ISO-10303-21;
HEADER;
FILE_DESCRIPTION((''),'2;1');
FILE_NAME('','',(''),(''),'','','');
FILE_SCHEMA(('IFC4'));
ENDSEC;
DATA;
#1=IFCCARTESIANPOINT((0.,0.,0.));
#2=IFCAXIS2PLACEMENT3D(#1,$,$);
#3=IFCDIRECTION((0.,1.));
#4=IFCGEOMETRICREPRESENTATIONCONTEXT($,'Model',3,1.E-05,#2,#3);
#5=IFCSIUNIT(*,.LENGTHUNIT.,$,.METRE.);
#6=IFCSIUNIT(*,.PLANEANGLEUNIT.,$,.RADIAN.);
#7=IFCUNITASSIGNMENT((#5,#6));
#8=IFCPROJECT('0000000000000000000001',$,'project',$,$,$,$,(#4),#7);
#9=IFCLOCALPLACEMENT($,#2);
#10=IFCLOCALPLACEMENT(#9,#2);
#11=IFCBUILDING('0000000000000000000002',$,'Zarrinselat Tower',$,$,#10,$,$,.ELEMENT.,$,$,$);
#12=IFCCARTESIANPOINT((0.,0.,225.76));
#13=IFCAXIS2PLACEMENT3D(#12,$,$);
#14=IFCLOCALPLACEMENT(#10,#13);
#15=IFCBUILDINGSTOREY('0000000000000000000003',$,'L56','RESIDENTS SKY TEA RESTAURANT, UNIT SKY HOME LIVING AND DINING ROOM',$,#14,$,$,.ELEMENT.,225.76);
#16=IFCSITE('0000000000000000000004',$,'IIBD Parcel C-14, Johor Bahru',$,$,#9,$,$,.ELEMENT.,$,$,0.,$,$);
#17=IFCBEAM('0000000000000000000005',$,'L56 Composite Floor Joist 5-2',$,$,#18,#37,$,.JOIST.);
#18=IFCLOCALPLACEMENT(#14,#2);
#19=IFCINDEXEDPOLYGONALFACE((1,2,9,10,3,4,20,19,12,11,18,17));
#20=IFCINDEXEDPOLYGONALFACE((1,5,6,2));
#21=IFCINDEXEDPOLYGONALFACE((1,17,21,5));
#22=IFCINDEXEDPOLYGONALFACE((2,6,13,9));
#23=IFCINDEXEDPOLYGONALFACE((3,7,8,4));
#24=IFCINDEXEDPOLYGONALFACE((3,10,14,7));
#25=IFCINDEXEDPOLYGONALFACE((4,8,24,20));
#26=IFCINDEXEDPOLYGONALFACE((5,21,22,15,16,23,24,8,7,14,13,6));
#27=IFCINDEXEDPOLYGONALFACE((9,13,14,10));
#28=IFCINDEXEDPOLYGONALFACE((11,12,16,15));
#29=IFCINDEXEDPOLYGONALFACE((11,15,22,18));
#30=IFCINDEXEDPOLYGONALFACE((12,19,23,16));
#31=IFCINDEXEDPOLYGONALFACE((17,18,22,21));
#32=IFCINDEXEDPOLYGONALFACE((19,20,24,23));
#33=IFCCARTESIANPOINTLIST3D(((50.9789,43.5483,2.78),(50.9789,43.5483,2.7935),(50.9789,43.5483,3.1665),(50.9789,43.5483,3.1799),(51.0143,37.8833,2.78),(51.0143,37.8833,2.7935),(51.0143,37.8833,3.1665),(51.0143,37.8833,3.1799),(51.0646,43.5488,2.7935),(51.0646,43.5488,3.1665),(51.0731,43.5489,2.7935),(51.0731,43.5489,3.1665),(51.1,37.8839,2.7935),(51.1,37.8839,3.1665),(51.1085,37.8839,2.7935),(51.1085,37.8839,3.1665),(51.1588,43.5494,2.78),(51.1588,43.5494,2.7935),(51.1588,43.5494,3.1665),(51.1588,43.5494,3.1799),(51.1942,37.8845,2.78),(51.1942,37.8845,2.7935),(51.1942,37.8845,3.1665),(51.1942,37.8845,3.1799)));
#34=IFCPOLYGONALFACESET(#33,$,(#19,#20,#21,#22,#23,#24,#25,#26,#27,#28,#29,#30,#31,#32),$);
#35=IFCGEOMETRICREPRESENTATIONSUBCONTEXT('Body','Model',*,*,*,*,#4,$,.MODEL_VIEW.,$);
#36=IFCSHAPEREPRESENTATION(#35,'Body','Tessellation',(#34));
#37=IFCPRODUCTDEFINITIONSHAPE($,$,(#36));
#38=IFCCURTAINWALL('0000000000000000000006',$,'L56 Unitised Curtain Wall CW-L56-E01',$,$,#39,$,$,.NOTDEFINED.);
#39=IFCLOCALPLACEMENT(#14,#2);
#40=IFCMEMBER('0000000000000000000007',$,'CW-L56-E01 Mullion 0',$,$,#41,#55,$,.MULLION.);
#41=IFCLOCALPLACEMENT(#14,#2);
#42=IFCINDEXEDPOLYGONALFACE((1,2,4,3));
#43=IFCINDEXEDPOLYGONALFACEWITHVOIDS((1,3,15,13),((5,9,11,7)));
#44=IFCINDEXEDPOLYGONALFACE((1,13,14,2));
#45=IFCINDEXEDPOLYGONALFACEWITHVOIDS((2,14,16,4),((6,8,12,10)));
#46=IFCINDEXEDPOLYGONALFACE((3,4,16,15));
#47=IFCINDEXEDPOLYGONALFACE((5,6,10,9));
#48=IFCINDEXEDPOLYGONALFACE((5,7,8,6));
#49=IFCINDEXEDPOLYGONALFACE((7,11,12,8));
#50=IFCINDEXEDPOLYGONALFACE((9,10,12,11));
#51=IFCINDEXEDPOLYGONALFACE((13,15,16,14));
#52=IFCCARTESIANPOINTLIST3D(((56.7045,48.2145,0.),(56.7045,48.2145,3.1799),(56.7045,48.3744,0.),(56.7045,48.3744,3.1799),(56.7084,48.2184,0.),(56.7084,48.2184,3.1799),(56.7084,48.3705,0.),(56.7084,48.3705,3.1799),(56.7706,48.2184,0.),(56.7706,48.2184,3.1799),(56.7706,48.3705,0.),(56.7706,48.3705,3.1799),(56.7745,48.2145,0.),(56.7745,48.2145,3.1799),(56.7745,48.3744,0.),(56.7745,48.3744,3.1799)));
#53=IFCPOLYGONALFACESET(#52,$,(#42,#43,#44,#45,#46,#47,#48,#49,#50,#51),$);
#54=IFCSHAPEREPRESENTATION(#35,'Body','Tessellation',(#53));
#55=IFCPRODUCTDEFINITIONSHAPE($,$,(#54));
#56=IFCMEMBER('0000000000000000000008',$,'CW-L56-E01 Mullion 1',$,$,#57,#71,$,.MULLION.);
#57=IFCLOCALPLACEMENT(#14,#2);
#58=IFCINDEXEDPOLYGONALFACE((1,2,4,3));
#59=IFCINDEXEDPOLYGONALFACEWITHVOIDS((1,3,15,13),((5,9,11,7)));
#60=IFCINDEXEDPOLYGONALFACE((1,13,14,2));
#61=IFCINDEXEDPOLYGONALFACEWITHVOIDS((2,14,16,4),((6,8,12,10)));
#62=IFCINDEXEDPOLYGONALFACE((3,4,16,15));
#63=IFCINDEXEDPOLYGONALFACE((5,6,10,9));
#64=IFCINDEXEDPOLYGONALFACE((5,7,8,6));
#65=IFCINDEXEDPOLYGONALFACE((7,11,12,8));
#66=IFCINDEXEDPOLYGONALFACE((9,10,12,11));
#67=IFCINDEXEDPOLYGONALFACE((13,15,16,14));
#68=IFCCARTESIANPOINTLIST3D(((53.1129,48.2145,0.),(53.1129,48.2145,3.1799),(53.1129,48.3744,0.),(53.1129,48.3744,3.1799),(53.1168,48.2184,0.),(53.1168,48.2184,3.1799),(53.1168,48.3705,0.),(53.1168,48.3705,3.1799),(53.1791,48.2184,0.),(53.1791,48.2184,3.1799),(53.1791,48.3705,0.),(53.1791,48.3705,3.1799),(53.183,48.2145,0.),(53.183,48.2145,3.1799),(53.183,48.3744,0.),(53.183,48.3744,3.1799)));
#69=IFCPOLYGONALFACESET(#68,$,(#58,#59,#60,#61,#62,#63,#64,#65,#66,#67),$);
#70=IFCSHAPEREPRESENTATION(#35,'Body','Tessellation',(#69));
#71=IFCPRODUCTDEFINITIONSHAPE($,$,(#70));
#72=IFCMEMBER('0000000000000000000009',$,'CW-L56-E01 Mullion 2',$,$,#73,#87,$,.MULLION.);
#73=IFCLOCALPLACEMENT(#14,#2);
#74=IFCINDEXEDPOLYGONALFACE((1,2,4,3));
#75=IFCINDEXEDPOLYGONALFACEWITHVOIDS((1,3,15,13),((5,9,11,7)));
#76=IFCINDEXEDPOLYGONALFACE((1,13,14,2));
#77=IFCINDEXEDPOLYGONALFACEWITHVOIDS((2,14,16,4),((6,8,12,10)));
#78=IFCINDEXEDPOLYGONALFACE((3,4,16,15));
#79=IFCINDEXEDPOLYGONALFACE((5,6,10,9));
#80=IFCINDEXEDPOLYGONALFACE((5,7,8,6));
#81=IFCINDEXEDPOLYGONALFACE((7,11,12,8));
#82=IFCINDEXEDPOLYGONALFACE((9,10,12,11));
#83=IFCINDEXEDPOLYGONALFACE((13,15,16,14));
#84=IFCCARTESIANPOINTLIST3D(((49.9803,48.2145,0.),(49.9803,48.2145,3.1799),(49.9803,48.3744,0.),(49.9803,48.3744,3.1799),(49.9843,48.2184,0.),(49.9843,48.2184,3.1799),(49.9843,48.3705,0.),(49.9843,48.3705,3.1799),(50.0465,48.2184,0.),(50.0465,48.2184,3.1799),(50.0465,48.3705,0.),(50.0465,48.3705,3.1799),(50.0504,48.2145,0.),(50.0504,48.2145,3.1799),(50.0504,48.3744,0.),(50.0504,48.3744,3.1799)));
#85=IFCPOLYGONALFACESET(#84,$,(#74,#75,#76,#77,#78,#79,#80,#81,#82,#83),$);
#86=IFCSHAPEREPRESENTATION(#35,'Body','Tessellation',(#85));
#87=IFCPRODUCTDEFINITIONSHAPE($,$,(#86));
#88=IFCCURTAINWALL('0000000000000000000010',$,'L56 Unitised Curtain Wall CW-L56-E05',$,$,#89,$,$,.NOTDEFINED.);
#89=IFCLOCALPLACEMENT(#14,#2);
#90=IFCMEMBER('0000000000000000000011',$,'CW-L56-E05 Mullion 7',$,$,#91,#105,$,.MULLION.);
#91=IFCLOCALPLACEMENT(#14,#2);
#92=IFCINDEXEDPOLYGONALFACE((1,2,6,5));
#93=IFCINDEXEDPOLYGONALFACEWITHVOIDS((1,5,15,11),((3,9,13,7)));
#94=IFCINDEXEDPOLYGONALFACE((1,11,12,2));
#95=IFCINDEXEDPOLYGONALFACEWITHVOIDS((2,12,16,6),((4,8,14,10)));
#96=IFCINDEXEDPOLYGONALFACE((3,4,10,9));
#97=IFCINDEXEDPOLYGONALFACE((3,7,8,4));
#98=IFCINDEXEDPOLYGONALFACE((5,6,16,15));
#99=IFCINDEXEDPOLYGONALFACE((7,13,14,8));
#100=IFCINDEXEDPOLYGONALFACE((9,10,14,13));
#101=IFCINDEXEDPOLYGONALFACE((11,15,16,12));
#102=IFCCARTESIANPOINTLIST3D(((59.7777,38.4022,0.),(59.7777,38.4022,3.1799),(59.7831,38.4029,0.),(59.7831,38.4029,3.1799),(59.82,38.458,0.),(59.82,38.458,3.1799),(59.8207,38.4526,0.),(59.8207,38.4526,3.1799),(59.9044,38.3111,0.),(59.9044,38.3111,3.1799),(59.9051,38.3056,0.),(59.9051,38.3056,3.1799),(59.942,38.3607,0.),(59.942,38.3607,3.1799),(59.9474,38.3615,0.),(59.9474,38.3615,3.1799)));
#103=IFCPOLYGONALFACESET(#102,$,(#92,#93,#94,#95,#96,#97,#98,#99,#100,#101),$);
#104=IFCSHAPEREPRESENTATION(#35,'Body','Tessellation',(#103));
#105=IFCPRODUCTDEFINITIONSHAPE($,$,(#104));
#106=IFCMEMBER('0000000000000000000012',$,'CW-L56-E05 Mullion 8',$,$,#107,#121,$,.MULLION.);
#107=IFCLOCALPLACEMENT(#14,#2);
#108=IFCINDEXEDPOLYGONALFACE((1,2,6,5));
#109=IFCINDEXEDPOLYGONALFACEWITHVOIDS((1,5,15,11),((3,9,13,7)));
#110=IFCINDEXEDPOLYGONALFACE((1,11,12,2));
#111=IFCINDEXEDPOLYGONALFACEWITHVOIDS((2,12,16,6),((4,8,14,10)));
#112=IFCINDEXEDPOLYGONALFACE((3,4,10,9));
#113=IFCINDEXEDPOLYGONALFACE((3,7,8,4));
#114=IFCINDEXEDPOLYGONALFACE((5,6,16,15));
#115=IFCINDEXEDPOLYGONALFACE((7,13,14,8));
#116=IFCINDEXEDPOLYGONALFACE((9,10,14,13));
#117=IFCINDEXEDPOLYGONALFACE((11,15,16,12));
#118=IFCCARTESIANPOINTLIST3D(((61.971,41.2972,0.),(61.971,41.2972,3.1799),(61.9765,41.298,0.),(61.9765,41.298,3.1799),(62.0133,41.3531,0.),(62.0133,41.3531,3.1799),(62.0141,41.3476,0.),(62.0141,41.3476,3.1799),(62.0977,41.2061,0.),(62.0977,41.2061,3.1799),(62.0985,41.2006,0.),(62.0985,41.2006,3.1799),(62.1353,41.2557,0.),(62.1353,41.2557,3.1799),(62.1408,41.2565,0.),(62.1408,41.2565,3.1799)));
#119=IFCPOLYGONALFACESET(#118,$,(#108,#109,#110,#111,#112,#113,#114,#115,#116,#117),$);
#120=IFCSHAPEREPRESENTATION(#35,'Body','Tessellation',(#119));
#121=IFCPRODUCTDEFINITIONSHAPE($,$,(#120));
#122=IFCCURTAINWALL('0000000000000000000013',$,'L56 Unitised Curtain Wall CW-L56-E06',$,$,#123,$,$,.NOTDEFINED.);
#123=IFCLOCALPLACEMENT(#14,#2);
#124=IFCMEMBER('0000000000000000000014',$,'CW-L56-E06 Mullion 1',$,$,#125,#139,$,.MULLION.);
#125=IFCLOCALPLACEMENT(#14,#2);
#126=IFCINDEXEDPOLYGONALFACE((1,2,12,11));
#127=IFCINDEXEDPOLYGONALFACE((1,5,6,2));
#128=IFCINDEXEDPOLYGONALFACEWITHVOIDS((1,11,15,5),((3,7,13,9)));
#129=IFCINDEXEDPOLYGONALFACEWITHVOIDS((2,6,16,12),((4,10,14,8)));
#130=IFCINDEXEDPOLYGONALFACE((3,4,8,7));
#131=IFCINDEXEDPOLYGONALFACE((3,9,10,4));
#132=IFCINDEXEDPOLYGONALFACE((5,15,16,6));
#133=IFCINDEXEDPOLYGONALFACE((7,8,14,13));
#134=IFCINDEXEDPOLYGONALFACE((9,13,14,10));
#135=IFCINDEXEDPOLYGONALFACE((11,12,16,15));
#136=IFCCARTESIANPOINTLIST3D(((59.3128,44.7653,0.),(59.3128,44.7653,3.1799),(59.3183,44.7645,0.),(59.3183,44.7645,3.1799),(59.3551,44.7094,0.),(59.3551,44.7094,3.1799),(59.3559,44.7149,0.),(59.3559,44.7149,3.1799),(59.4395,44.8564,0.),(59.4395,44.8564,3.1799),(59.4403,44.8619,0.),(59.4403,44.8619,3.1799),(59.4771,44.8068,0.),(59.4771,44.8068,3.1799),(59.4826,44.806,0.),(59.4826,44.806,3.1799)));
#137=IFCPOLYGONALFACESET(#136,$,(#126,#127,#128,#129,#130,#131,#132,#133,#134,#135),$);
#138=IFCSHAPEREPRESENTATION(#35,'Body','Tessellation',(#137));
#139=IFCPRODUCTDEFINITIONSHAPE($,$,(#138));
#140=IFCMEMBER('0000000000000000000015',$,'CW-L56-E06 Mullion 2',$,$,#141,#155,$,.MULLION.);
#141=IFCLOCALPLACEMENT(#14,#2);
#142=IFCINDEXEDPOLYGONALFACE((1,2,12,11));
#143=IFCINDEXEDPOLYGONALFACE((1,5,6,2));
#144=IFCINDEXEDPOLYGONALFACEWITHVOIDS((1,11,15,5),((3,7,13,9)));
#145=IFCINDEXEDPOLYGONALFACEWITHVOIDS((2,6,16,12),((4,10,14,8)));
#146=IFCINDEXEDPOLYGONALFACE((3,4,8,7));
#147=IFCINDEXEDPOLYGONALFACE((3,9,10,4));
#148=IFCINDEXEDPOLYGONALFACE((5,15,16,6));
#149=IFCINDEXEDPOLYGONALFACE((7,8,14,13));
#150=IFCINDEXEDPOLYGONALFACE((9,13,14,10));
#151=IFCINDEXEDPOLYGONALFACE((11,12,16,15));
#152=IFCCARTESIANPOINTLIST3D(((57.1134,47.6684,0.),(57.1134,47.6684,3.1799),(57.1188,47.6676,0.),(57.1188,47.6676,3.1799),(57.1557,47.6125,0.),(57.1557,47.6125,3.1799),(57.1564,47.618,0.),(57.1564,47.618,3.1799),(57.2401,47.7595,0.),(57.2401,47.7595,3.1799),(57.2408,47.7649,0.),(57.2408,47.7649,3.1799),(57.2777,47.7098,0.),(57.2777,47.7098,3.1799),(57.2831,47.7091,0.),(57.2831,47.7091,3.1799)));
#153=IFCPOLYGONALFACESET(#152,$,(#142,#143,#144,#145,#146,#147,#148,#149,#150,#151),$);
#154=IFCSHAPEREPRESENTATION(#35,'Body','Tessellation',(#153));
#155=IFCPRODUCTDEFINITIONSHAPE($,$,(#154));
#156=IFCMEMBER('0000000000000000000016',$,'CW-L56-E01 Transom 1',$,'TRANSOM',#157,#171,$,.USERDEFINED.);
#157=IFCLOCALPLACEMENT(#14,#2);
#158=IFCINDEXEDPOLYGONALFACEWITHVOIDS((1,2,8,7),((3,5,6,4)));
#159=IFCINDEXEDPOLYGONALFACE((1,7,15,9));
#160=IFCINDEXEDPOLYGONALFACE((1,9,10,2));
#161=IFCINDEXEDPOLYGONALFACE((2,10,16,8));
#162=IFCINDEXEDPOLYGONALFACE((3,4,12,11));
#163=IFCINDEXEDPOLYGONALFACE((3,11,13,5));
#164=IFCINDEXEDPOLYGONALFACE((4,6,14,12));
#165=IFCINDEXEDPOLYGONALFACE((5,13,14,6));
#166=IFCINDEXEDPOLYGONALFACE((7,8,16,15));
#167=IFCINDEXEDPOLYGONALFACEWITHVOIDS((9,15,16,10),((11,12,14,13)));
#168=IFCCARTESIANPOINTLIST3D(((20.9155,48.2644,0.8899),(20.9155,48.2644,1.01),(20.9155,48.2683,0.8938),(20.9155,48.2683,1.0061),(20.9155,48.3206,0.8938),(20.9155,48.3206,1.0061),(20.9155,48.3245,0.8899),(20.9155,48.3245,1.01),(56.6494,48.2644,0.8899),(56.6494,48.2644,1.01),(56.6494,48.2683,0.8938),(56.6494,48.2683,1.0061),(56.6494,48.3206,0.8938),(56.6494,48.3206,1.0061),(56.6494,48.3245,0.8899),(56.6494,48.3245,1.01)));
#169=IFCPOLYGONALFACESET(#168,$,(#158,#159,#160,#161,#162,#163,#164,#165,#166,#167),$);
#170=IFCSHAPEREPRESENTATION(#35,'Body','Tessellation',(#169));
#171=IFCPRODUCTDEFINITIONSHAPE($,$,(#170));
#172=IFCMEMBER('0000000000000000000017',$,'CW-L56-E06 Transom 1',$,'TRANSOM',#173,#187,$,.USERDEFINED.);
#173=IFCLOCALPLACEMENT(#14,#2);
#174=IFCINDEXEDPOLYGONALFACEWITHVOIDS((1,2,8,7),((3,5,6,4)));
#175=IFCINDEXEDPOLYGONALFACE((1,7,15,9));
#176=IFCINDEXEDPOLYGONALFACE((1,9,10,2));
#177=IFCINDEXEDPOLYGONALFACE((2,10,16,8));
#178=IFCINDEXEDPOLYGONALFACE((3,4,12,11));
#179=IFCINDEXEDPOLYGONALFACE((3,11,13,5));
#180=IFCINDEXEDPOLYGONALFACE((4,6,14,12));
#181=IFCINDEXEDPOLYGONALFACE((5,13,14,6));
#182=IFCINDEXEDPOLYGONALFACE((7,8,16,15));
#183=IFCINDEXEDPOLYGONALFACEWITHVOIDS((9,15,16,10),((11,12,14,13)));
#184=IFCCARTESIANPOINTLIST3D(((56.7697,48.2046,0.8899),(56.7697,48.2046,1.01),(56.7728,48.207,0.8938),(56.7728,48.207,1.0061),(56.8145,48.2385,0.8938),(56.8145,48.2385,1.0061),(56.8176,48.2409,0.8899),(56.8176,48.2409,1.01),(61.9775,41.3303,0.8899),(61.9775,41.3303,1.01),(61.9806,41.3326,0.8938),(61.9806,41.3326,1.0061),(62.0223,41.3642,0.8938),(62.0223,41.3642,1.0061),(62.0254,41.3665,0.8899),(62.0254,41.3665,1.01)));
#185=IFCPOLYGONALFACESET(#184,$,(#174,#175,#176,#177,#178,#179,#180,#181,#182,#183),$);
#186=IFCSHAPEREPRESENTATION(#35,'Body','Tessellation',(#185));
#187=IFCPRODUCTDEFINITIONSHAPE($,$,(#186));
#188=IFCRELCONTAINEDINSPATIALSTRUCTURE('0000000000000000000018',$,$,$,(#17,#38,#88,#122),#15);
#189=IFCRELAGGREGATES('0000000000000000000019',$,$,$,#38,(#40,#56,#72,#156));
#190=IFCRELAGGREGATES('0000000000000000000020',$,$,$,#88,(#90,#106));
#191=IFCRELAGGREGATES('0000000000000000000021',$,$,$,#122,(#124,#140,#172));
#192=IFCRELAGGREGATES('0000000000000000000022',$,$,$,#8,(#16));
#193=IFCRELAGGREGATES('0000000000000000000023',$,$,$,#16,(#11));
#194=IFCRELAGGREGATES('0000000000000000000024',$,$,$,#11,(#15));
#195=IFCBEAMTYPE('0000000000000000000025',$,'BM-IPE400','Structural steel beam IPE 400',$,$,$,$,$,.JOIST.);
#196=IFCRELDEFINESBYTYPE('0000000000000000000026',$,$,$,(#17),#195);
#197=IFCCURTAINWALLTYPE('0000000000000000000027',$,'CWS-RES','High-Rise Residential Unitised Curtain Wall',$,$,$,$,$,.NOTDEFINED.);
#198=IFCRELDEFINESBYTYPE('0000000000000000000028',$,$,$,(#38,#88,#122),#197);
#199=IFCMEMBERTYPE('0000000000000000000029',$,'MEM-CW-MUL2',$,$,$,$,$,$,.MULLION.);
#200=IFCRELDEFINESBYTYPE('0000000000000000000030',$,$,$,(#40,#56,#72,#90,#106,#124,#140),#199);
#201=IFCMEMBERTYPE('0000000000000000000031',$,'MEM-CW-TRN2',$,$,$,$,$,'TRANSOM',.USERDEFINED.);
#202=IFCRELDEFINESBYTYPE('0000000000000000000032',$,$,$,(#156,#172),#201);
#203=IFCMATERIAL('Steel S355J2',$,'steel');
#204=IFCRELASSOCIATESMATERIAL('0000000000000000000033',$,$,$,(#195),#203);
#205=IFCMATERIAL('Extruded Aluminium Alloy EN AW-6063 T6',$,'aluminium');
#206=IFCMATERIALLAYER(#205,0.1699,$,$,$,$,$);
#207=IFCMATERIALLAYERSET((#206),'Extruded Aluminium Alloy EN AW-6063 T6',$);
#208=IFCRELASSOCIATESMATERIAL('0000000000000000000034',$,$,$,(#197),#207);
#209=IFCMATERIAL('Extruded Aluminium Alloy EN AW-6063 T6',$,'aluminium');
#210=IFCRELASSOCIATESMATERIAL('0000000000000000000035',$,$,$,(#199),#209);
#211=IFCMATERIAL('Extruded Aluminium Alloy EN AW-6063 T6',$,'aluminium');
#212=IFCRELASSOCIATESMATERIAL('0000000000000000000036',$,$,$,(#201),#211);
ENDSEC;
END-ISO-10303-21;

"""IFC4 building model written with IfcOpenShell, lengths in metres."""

from ifc_helpers import new_model, si_unit, direction, frame, origin, origin_2d, place, context, subcontext, project, spatial, hollow_rectangle, i_section, extrude, material, layer, layer_set, material_profile, profile_set, type_object, element, aggregate, save


model = new_model("IFC4")

# Units and contexts
model_context = context("Model", 3, precision=1e-05, world=origin(), true_north=direction((0.0, 1.0)))
body_context = subcontext(model_context, "Body", "Model", "MODEL_VIEW")
ifc_project = project(units=[si_unit("LENGTHUNIT", "METRE"), si_unit("PLANEANGLEUNIT", "RADIAN")], contexts=[model_context])

# Site, building, storey
site_placement = place(None, origin())
site = spatial("IfcSite", under=ifc_project, at=site_placement, Name="IIBD Parcel C-14, Johor Bahru", CompositionType="ELEMENT", RefElevation=0.0)
building_placement = place(site_placement, origin())
building = spatial("IfcBuilding", under=site, at=building_placement, Name="Zarrinselat Tower", CompositionType="ELEMENT")
storey_placement = place(building_placement, frame((0.0, 0.0, 225.76)))
storey = spatial("IfcBuildingStorey", under=building, at=storey_placement, Name="L56", Description="RESIDENTS SKY TEA RESTAURANT, UNIT SKY HOME LIVING AND DINING ROOM", CompositionType="ELEMENT", Elevation=225.76)

# Beam
ifc_material_1 = material(Name="Steel S355J2", Category="steel")
ifc_material_profile_1 = material_profile(ifc_material_1, i_section(OverallWidth=0.1799, OverallDepth=0.3999, WebThickness=0.0085, FlangeThickness=0.0134, at=origin_2d()), Name="IPE 400")
ifc_profile_set_1 = profile_set([ifc_material_profile_1], Name="Steel S355J2")
beam_type_1 = type_object("IfcBeamType", Name="BM-IPE400", Description="Structural steel beam IPE 400", PredefinedType="JOIST", material=ifc_profile_set_1)
beam_1_placement = place(storey_placement, frame((51.0688, 43.5488, 2.98), z_axis=(0.006249, -0.99998, 0.0), x_axis=(0.99998, 0.006249, 0.0)))
element("IfcBeam", 1, at=beam_1_placement, inside=storey, type_object=beam_type_1, Name="L56 Composite Floor Joist 5-2", PredefinedType="JOIST", context=body_context, shape_type="SweptSolid", body=[
    extrude(i_section(OverallWidth=0.1799, OverallDepth=0.3999, WebThickness=0.0085, FlangeThickness=0.0134, at=origin_2d()), origin(), (0.0, 0.0, 1.0), 5.665),
])

# Curtain walls, members
ifc_material_2 = material(Name="Extruded Aluminium Alloy EN AW-6063 T6", Category="aluminium")
ifc_layer_1 = layer(ifc_material_2, 0.1699)
ifc_layer_set_1 = layer_set([ifc_layer_1], Name="Extruded Aluminium Alloy EN AW-6063 T6")
curtain_wall_type = type_object("IfcCurtainWallType", Name="CWS-RES", Description="High-Rise Residential Unitised Curtain Wall", PredefinedType="NOTDEFINED", material=ifc_layer_set_1)
curtain_wall_1_placement = place(storey_placement, origin())
curtain_wall_1 = element("IfcCurtainWall", 2, at=curtain_wall_1_placement, inside=storey, type_object=curtain_wall_type, Name="L56 Unitised Curtain Wall CW-L56-E01", PredefinedType="NOTDEFINED")
ifc_material_3 = material(Name="Extruded Aluminium Alloy EN AW-6063 T6", Category="aluminium")
ifc_material_profile_2 = material_profile(ifc_material_3, hollow_rectangle(XDim=0.0701, YDim=0.1599, WallThickness=0.0039, at=origin_2d()), Name="RHS 160x70x4")
ifc_profile_set_2 = profile_set([ifc_material_profile_2], Name="Extruded Aluminium Alloy EN AW-6063 T6")
member_type_1 = type_object("IfcMemberType", Name="MEM-CW-MUL2", PredefinedType="MULLION", material=ifc_profile_set_2)
member_1_placement = place(storey_placement, frame((56.7395, 48.2944, 0.0), z_axis=(0.0, 0.0, 1.0), x_axis=(-1.0, 0.0, 0.0)))
member_1 = element("IfcMember", 3, at=member_1_placement, type_object=member_type_1, Name="CW-L56-E01 Mullion 0", PredefinedType="MULLION", context=body_context, shape_type="SweptSolid", body=[
    extrude(hollow_rectangle(XDim=0.0701, YDim=0.1599, WallThickness=0.0039, at=origin_2d()), origin(), (0.0, 0.0, 1.0), 3.1799),
])
member_2_placement = place(storey_placement, frame((53.1479, 48.2944, 0.0), z_axis=(0.0, 0.0, 1.0), x_axis=(-1.0, 0.0, 0.0)))
member_2 = element("IfcMember", 4, at=member_2_placement, type_object=member_type_1, Name="CW-L56-E01 Mullion 1", PredefinedType="MULLION", context=body_context, shape_type="SweptSolid", body=[
    extrude(hollow_rectangle(XDim=0.0701, YDim=0.1599, WallThickness=0.0039, at=origin_2d()), origin(), (0.0, 0.0, 1.0), 3.1799),
])
member_3_placement = place(storey_placement, frame((50.0154, 48.2944, 0.0), z_axis=(0.0, 0.0, 1.0), x_axis=(-1.0, 0.0, 0.0)))
member_3 = element("IfcMember", 5, at=member_3_placement, type_object=member_type_1, Name="CW-L56-E01 Mullion 2", PredefinedType="MULLION", context=body_context, shape_type="SweptSolid", body=[
    extrude(hollow_rectangle(XDim=0.0701, YDim=0.1599, WallThickness=0.0039, at=origin_2d()), origin(), (0.0, 0.0, 1.0), 3.1799),
])
curtain_wall_2_placement = place(storey_placement, origin())
curtain_wall_2 = element("IfcCurtainWall", 6, at=curtain_wall_2_placement, inside=storey, type_object=curtain_wall_type, Name="L56 Unitised Curtain Wall CW-L56-E05", PredefinedType="NOTDEFINED")
member_4_placement = place(storey_placement, frame((59.8625, 38.3818, 0.0), z_axis=(0.0, 0.0, 1.0), x_axis=(0.603859, 0.797091, 0.0)))
member_4 = element("IfcMember", 7, at=member_4_placement, type_object=member_type_1, Name="CW-L56-E05 Mullion 7", PredefinedType="MULLION", context=body_context, shape_type="SweptSolid", body=[
    extrude(hollow_rectangle(XDim=0.0701, YDim=0.1599, WallThickness=0.0039, at=origin_2d()), origin(), (0.0, 0.0, 1.0), 3.1799),
])
member_5_placement = place(storey_placement, frame((62.0559, 41.2769, 0.0), z_axis=(0.0, 0.0, 1.0), x_axis=(0.603859, 0.797091, 0.0)))
member_5 = element("IfcMember", 8, at=member_5_placement, type_object=member_type_1, Name="CW-L56-E05 Mullion 8", PredefinedType="MULLION", context=body_context, shape_type="SweptSolid", body=[
    extrude(hollow_rectangle(XDim=0.0701, YDim=0.1599, WallThickness=0.0039, at=origin_2d()), origin(), (0.0, 0.0, 1.0), 3.1799),
])
curtain_wall_3_placement = place(storey_placement, origin())
curtain_wall_3 = element("IfcCurtainWall", 9, at=curtain_wall_3_placement, inside=storey, type_object=curtain_wall_type, Name="L56 Unitised Curtain Wall CW-L56-E06", PredefinedType="NOTDEFINED")
member_6_placement = place(storey_placement, frame((59.3977, 44.7856, 0.0), z_axis=(0.0, 0.0, 1.0), x_axis=(-0.60386, 0.79709, 0.0)))
member_6 = element("IfcMember", 10, at=member_6_placement, type_object=member_type_1, Name="CW-L56-E06 Mullion 1", PredefinedType="MULLION", context=body_context, shape_type="SweptSolid", body=[
    extrude(hollow_rectangle(XDim=0.0701, YDim=0.1599, WallThickness=0.0039, at=origin_2d()), origin(), (0.0, 0.0, 1.0), 3.1799),
])
member_7_placement = place(storey_placement, frame((57.1982, 47.6887, 0.0), z_axis=(0.0, 0.0, 1.0), x_axis=(-0.60386, 0.79709, 0.0)))
member_7 = element("IfcMember", 11, at=member_7_placement, type_object=member_type_1, Name="CW-L56-E06 Mullion 2", PredefinedType="MULLION", context=body_context, shape_type="SweptSolid", body=[
    extrude(hollow_rectangle(XDim=0.0701, YDim=0.1599, WallThickness=0.0039, at=origin_2d()), origin(), (0.0, 0.0, 1.0), 3.1799),
])

# Members
ifc_material_4 = material(Name="Extruded Aluminium Alloy EN AW-6063 T6", Category="aluminium")
ifc_material_profile_3 = material_profile(ifc_material_4, hollow_rectangle(XDim=0.0601, YDim=0.1201, WallThickness=0.0039, at=origin_2d()), Name="RHS 120x60x4")
ifc_profile_set_3 = profile_set([ifc_material_profile_3], Name="Extruded Aluminium Alloy EN AW-6063 T6")
member_type_2 = type_object("IfcMemberType", Name="MEM-CW-TRN2", ElementType="TRANSOM", PredefinedType="USERDEFINED", material=ifc_profile_set_3)
member_8_placement = place(storey_placement, frame((56.6494, 48.2944, 0.95), z_axis=(-1.0, 0.0, 0.0), x_axis=(0.0, -1.0, 0.0)))
member_8 = element("IfcMember", 12, at=member_8_placement, type_object=member_type_2, Name="CW-L56-E01 Transom 1", ObjectType="TRANSOM", PredefinedType="USERDEFINED", context=body_context, shape_type="SweptSolid", body=[
    extrude(hollow_rectangle(XDim=0.0601, YDim=0.1201, WallThickness=0.0039, at=origin_2d()), origin(), (0.0, 0.0, 1.0), 35.7339),
])
member_9_placement = place(storey_placement, frame((62.0015, 41.3484, 0.95), z_axis=(-0.603857, 0.797093, 0.0), x_axis=(-0.797093, -0.603857, 0.0)))
member_9 = element("IfcMember", 13, at=member_9_placement, type_object=member_type_2, Name="CW-L56-E06 Transom 1", ObjectType="TRANSOM", PredefinedType="USERDEFINED", context=body_context, shape_type="SweptSolid", body=[
    extrude(hollow_rectangle(XDim=0.0601, YDim=0.1201, WallThickness=0.0039, at=origin_2d()), origin(), (0.0, 0.0, 1.0), 8.6243),
])

aggregate(curtain_wall_1, [member_1, member_2, member_3, member_8])
aggregate(curtain_wall_2, [member_4, member_5])
aggregate(curtain_wall_3, [member_6, member_7, member_9])

save(model, "model.ifc")
